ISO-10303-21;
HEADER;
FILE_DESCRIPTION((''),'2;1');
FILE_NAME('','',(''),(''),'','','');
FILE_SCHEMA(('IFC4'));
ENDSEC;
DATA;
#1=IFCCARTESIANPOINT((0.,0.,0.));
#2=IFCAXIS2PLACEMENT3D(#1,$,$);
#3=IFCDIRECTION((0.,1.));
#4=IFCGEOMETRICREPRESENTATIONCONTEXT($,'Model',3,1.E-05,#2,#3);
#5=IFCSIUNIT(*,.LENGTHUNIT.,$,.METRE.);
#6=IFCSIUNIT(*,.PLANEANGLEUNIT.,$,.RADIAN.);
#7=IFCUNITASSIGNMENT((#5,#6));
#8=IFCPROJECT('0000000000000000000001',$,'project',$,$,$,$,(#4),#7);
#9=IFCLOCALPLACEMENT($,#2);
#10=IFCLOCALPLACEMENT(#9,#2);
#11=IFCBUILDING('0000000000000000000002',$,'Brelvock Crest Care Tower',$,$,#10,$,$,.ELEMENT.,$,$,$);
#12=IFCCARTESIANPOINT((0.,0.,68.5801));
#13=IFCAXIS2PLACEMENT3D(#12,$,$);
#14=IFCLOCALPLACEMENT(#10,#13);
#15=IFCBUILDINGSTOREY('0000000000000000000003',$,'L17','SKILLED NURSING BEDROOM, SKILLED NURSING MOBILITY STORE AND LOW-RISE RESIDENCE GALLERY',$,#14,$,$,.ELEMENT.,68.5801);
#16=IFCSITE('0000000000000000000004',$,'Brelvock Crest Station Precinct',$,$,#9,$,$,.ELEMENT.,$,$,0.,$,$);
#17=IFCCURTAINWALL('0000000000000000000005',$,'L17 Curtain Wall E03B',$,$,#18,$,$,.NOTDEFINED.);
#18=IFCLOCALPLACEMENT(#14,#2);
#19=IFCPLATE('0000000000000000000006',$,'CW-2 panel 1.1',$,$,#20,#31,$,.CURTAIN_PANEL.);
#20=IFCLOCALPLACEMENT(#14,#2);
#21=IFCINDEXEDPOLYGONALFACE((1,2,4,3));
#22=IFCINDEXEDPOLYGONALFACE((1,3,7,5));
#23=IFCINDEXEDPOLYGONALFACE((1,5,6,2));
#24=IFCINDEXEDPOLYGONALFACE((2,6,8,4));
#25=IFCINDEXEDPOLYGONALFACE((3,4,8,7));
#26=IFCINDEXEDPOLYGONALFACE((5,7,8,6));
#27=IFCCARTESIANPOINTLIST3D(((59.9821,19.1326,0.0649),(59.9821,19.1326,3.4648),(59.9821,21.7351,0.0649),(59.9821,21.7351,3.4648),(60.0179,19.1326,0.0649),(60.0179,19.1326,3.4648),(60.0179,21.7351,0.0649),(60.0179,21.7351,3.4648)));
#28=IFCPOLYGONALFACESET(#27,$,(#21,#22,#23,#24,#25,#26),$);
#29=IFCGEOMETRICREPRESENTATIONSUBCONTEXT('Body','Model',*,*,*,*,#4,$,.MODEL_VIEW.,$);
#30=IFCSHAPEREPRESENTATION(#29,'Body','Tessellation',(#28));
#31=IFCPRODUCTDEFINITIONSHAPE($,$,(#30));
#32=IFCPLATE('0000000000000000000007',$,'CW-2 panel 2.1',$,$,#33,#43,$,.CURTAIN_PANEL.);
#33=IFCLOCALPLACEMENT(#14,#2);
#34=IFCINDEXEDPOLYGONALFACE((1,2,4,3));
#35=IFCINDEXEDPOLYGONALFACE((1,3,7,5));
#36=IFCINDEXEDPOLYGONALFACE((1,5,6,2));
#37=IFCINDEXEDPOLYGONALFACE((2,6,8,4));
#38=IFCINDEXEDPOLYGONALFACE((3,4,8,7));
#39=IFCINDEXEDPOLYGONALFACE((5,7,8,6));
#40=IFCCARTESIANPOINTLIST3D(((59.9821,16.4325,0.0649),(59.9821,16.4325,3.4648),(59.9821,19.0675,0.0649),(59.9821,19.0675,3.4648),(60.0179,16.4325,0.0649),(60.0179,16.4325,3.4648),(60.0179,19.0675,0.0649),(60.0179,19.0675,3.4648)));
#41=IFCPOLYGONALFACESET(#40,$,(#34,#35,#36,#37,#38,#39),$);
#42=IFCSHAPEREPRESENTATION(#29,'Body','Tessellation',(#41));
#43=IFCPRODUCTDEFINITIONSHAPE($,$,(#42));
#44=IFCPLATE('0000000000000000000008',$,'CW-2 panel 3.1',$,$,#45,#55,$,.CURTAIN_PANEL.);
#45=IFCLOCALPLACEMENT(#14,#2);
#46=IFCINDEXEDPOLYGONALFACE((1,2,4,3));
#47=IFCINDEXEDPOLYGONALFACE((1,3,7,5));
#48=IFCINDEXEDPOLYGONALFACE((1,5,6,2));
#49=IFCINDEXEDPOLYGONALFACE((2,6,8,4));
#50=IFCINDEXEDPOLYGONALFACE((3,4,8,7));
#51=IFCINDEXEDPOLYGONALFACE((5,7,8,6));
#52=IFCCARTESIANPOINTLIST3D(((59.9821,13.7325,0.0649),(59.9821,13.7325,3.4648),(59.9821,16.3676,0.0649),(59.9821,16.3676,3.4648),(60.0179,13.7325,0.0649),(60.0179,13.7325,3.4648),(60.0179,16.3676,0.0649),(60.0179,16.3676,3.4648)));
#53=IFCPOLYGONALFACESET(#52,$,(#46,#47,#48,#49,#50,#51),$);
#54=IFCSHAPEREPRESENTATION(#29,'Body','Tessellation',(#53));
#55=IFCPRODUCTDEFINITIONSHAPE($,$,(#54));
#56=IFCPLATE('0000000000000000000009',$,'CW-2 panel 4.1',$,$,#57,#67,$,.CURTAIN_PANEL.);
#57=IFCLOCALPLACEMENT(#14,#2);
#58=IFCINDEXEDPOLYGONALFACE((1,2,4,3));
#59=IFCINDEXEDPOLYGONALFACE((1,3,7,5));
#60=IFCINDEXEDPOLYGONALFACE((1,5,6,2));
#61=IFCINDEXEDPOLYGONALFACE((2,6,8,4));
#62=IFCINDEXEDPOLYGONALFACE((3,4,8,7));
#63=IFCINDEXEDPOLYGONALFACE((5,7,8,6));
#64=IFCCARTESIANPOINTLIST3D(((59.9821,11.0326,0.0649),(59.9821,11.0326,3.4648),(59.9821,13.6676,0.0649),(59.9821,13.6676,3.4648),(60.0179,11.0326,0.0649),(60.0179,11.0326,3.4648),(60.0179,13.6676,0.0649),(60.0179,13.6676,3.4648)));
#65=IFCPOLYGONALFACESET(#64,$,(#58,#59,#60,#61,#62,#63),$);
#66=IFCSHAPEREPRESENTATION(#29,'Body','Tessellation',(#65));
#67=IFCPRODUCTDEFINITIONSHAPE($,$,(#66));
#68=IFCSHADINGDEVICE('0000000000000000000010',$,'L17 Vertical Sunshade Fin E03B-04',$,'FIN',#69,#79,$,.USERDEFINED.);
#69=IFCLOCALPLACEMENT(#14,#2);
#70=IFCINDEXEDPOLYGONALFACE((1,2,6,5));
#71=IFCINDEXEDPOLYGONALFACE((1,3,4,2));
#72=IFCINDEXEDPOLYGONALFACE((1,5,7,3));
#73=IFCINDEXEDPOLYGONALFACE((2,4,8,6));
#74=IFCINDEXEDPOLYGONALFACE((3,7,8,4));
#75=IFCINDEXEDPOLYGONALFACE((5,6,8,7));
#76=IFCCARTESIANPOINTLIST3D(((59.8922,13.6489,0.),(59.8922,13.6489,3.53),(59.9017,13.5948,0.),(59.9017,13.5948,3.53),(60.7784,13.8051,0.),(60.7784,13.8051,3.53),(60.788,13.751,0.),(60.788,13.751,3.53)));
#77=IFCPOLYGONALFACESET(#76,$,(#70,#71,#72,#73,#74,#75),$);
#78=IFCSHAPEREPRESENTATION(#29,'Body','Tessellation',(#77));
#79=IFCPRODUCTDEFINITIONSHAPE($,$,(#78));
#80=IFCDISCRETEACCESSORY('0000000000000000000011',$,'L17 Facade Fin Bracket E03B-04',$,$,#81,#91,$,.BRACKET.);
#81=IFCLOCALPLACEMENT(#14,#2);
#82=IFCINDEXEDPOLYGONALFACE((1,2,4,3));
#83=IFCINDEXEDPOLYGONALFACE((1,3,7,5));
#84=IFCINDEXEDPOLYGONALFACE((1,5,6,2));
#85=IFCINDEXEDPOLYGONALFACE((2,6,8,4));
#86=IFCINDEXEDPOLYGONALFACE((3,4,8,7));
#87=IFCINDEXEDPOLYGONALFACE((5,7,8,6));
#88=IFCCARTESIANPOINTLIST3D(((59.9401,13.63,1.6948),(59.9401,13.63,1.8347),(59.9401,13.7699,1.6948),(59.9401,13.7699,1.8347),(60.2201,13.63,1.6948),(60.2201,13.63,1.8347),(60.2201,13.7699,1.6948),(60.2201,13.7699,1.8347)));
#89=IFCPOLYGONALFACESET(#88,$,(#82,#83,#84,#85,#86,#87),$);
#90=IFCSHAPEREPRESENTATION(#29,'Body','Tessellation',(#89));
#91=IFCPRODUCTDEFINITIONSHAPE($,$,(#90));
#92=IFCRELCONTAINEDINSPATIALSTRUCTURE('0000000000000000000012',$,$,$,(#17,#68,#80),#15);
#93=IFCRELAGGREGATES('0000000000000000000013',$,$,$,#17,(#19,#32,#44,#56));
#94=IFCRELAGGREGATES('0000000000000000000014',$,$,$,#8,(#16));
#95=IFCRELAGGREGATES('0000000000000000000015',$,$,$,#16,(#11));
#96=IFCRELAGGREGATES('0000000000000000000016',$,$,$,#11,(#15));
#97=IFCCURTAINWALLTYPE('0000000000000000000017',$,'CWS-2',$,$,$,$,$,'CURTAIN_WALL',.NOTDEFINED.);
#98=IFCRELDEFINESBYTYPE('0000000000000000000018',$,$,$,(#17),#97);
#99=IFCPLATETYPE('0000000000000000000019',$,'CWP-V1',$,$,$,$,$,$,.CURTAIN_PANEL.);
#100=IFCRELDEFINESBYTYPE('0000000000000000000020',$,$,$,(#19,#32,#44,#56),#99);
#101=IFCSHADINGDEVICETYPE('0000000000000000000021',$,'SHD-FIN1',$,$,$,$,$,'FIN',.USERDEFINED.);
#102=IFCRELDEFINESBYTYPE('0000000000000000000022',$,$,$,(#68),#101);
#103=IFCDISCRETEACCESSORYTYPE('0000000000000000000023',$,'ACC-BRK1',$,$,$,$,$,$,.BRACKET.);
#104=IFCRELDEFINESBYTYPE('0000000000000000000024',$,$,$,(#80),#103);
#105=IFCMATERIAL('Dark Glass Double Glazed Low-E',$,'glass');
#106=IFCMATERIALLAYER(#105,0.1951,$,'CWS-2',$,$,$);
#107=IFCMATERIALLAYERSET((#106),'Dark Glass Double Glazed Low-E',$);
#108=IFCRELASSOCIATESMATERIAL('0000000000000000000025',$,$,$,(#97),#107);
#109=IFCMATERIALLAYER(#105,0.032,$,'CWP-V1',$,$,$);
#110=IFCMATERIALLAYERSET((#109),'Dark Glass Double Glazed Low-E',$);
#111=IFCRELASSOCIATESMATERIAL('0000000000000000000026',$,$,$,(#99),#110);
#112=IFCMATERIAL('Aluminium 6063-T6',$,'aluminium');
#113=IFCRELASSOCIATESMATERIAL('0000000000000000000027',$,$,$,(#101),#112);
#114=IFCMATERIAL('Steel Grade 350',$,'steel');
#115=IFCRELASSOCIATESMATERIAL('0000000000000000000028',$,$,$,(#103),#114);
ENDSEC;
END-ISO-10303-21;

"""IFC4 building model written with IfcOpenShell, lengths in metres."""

from ifc_helpers import new_model, si_unit, direction, frame, origin, origin_2d, place, context, subcontext, project, spatial, rectangle, extrude, source, transform, mapped, material, layer, layer_set, material_profile, profile_set, type_object, element, aggregate, save


model = new_model("IFC4")

# Units and contexts
model_context = context("Model", 3, precision=1e-05, world=origin(), true_north=direction((0.0, 1.0)))
body_context = subcontext(model_context, "Body", "Model", "MODEL_VIEW")
ifc_project = project(units=[si_unit("LENGTHUNIT", "METRE"), si_unit("PLANEANGLEUNIT", "RADIAN")], contexts=[model_context])

# Site, building, storey
site_placement = place(None, origin())
site = spatial("IfcSite", under=ifc_project, at=site_placement, Name="Brelvock Crest Station Precinct", CompositionType="ELEMENT", RefElevation=0.0)
building_placement = place(site_placement, origin())
building = spatial("IfcBuilding", under=site, at=building_placement, Name="Brelvock Crest Care Tower", CompositionType="ELEMENT")
storey_placement = place(building_placement, frame((0.0, 0.0, 68.5801)))
storey = spatial("IfcBuildingStorey", under=building, at=storey_placement, Name="L17", Description="SKILLED NURSING BEDROOM, SKILLED NURSING MOBILITY STORE AND LOW-RISE RESIDENCE GALLERY", CompositionType="ELEMENT", Elevation=68.5801)

# Shared definitions
ifc_material_1 = material(Name="Steel Grade 350", Category="steel")

# Curtain wall, plates
ifc_material_2 = material(Name="Dark Glass Double Glazed Low-E", Category="glass")
ifc_layer_1 = layer(ifc_material_2, 0.1951, Name="CWS-2")
ifc_layer_set_1 = layer_set([ifc_layer_1], Name="Dark Glass Double Glazed Low-E")
curtain_wall_type = type_object("IfcCurtainWallType", Name="CWS-2", ElementType="CURTAIN_WALL", PredefinedType="NOTDEFINED", material=ifc_layer_set_1)
curtain_wall_placement = place(storey_placement, origin())
curtain_wall = element("IfcCurtainWall", 1, at=curtain_wall_placement, inside=storey, type_object=curtain_wall_type, Name="L17 Curtain Wall E03B", PredefinedType="NOTDEFINED")
ifc_material_3 = material(Name="Aluminium 6063-T6", Category="aluminium")
ifc_layer_2 = layer(ifc_material_2, 0.032, Name="CWP-V1")
ifc_layer_set_2 = layer_set([ifc_layer_2], Name="Dark Glass Double Glazed Low-E")
plate_type = type_object("IfcPlateType", Name="CWP-V1", PredefinedType="CURTAIN_PANEL", material=ifc_layer_set_2)
shared_shape_1 = source(origin(), body_context, "Body", "SweptSolid", [
    extrude(rectangle(XDim=2.6025, YDim=0.0359, at=origin_2d()), origin(), (0.0, 0.0, 1.0), 3.3999),
])
plate_1_placement = place(storey_placement, frame((60.0, 20.4338, 0.0649), z_axis=(0.0, 0.0, 1.0), x_axis=(0.0, -1.0, 0.0)))
plate_1 = element("IfcPlate", 2, at=plate_1_placement, type_object=plate_type, Name="CW-2 panel 1.1", PredefinedType="CURTAIN_PANEL", context=body_context, shape_type="MappedRepresentation", body=[
    mapped(shared_shape_1, transform((0.0, 0.0, 0.0), x_axis=(1.0, 0.0, 0.0), y_axis=(0.0, 1.0, 0.0), z_axis=(0.0, 0.0, 1.0), scale=1.0)),
])
shared_shape_2 = source(origin(), body_context, "Body", "SweptSolid", [
    extrude(rectangle(XDim=2.635, YDim=0.0359, at=origin_2d()), origin(), (0.0, 0.0, 1.0), 3.3999),
])
plate_2_placement = place(storey_placement, frame((60.0, 17.75, 0.0649), z_axis=(0.0, 0.0, 1.0), x_axis=(0.0, -1.0, 0.0)))
plate_2 = element("IfcPlate", 3, at=plate_2_placement, type_object=plate_type, Name="CW-2 panel 2.1", PredefinedType="CURTAIN_PANEL", context=body_context, shape_type="MappedRepresentation", body=[
    mapped(shared_shape_2, transform((0.0, 0.0, 0.0), x_axis=(1.0, 0.0, 0.0), y_axis=(0.0, 1.0, 0.0), z_axis=(0.0, 0.0, 1.0), scale=1.0)),
])
plate_3_placement = place(storey_placement, frame((60.0, 15.05, 0.0649), z_axis=(0.0, 0.0, 1.0), x_axis=(0.0, -1.0, 0.0)))
plate_3 = element("IfcPlate", 4, at=plate_3_placement, type_object=plate_type, Name="CW-2 panel 3.1", PredefinedType="CURTAIN_PANEL", context=body_context, shape_type="MappedRepresentation", body=[
    mapped(shared_shape_2, transform((0.0, 0.0, 0.0), x_axis=(1.0, 0.0, 0.0), y_axis=(0.0, 1.0, 0.0), z_axis=(0.0, 0.0, 1.0), scale=1.0)),
])
plate_4_placement = place(storey_placement, frame((60.0, 12.3501, 0.0649), z_axis=(0.0, 0.0, 1.0), x_axis=(0.0, -1.0, 0.0)))
plate_4 = element("IfcPlate", 5, at=plate_4_placement, type_object=plate_type, Name="CW-2 panel 4.1", PredefinedType="CURTAIN_PANEL", context=body_context, shape_type="MappedRepresentation", body=[
    mapped(shared_shape_2, transform((0.0, 0.0, 0.0), x_axis=(1.0, 0.0, 0.0), y_axis=(0.0, 1.0, 0.0), z_axis=(0.0, 0.0, 1.0), scale=1.0)),
])
aggregate(curtain_wall, [plate_1, plate_2, plate_3, plate_4])

# Shading device
ifc_material_profile_1 = material_profile(ifc_material_3, rectangle(XDim=0.0549, YDim=0.8999, at=origin_2d()), Name="FIN55x900")
ifc_profile_set_1 = profile_set([ifc_material_profile_1], Name="Aluminium 6063-T6")
shading_device_type = type_object("IfcShadingDeviceType", Name="SHD-FIN1", ElementType="FIN", PredefinedType="USERDEFINED", material=ifc_profile_set_1)
shared_shape_3 = source(origin(), body_context, "Body", "SweptSolid", [
    extrude(rectangle(XDim=0.0549, YDim=0.8999, at=origin_2d()), origin(), (0.0, 0.0, 1.0), 3.53),
])
shading_device_placement = place(storey_placement, frame((60.3401, 13.7, 0.0), z_axis=(0.0, 0.0, 1.0), x_axis=(0.173648, -0.984808, 0.0)))
element("IfcShadingDevice", 6, at=shading_device_placement, inside=storey, type_object=shading_device_type, Name="L17 Vertical Sunshade Fin E03B-04", ObjectType="FIN", PredefinedType="USERDEFINED", context=body_context, shape_type="MappedRepresentation", body=[
    mapped(shared_shape_3, transform((0.0, 0.0, 0.0), x_axis=(1.0, 0.0, 0.0), y_axis=(0.0, 1.0, 0.0), z_axis=(0.0, 0.0, 1.0), scale=1.0)),
])

# Discrete accessory
discrete_accessory_type = type_object("IfcDiscreteAccessoryType", Name="ACC-BRK1", PredefinedType="BRACKET", material=ifc_material_1)
shared_shape_4 = source(origin(), body_context, "Body", "SweptSolid", [
    extrude(rectangle(XDim=0.28, YDim=0.1399, at=origin_2d()), origin(), (0.0, 0.0, 1.0), 0.1399),
])
discrete_accessory_placement = place(storey_placement, frame((60.0801, 13.7, 1.6948), z_axis=(0.0, 0.0, 1.0), x_axis=(1.0, 0.0, 0.0)))
element("IfcDiscreteAccessory", 7, at=discrete_accessory_placement, inside=storey, type_object=discrete_accessory_type, Name="L17 Facade Fin Bracket E03B-04", PredefinedType="BRACKET", context=body_context, shape_type="MappedRepresentation", body=[
    mapped(shared_shape_4, transform((0.0, 0.0, 0.0), x_axis=(1.0, 0.0, 0.0), y_axis=(0.0, 1.0, 0.0), z_axis=(0.0, 0.0, 1.0), scale=1.0)),
])

save(model, "model.ifc")
